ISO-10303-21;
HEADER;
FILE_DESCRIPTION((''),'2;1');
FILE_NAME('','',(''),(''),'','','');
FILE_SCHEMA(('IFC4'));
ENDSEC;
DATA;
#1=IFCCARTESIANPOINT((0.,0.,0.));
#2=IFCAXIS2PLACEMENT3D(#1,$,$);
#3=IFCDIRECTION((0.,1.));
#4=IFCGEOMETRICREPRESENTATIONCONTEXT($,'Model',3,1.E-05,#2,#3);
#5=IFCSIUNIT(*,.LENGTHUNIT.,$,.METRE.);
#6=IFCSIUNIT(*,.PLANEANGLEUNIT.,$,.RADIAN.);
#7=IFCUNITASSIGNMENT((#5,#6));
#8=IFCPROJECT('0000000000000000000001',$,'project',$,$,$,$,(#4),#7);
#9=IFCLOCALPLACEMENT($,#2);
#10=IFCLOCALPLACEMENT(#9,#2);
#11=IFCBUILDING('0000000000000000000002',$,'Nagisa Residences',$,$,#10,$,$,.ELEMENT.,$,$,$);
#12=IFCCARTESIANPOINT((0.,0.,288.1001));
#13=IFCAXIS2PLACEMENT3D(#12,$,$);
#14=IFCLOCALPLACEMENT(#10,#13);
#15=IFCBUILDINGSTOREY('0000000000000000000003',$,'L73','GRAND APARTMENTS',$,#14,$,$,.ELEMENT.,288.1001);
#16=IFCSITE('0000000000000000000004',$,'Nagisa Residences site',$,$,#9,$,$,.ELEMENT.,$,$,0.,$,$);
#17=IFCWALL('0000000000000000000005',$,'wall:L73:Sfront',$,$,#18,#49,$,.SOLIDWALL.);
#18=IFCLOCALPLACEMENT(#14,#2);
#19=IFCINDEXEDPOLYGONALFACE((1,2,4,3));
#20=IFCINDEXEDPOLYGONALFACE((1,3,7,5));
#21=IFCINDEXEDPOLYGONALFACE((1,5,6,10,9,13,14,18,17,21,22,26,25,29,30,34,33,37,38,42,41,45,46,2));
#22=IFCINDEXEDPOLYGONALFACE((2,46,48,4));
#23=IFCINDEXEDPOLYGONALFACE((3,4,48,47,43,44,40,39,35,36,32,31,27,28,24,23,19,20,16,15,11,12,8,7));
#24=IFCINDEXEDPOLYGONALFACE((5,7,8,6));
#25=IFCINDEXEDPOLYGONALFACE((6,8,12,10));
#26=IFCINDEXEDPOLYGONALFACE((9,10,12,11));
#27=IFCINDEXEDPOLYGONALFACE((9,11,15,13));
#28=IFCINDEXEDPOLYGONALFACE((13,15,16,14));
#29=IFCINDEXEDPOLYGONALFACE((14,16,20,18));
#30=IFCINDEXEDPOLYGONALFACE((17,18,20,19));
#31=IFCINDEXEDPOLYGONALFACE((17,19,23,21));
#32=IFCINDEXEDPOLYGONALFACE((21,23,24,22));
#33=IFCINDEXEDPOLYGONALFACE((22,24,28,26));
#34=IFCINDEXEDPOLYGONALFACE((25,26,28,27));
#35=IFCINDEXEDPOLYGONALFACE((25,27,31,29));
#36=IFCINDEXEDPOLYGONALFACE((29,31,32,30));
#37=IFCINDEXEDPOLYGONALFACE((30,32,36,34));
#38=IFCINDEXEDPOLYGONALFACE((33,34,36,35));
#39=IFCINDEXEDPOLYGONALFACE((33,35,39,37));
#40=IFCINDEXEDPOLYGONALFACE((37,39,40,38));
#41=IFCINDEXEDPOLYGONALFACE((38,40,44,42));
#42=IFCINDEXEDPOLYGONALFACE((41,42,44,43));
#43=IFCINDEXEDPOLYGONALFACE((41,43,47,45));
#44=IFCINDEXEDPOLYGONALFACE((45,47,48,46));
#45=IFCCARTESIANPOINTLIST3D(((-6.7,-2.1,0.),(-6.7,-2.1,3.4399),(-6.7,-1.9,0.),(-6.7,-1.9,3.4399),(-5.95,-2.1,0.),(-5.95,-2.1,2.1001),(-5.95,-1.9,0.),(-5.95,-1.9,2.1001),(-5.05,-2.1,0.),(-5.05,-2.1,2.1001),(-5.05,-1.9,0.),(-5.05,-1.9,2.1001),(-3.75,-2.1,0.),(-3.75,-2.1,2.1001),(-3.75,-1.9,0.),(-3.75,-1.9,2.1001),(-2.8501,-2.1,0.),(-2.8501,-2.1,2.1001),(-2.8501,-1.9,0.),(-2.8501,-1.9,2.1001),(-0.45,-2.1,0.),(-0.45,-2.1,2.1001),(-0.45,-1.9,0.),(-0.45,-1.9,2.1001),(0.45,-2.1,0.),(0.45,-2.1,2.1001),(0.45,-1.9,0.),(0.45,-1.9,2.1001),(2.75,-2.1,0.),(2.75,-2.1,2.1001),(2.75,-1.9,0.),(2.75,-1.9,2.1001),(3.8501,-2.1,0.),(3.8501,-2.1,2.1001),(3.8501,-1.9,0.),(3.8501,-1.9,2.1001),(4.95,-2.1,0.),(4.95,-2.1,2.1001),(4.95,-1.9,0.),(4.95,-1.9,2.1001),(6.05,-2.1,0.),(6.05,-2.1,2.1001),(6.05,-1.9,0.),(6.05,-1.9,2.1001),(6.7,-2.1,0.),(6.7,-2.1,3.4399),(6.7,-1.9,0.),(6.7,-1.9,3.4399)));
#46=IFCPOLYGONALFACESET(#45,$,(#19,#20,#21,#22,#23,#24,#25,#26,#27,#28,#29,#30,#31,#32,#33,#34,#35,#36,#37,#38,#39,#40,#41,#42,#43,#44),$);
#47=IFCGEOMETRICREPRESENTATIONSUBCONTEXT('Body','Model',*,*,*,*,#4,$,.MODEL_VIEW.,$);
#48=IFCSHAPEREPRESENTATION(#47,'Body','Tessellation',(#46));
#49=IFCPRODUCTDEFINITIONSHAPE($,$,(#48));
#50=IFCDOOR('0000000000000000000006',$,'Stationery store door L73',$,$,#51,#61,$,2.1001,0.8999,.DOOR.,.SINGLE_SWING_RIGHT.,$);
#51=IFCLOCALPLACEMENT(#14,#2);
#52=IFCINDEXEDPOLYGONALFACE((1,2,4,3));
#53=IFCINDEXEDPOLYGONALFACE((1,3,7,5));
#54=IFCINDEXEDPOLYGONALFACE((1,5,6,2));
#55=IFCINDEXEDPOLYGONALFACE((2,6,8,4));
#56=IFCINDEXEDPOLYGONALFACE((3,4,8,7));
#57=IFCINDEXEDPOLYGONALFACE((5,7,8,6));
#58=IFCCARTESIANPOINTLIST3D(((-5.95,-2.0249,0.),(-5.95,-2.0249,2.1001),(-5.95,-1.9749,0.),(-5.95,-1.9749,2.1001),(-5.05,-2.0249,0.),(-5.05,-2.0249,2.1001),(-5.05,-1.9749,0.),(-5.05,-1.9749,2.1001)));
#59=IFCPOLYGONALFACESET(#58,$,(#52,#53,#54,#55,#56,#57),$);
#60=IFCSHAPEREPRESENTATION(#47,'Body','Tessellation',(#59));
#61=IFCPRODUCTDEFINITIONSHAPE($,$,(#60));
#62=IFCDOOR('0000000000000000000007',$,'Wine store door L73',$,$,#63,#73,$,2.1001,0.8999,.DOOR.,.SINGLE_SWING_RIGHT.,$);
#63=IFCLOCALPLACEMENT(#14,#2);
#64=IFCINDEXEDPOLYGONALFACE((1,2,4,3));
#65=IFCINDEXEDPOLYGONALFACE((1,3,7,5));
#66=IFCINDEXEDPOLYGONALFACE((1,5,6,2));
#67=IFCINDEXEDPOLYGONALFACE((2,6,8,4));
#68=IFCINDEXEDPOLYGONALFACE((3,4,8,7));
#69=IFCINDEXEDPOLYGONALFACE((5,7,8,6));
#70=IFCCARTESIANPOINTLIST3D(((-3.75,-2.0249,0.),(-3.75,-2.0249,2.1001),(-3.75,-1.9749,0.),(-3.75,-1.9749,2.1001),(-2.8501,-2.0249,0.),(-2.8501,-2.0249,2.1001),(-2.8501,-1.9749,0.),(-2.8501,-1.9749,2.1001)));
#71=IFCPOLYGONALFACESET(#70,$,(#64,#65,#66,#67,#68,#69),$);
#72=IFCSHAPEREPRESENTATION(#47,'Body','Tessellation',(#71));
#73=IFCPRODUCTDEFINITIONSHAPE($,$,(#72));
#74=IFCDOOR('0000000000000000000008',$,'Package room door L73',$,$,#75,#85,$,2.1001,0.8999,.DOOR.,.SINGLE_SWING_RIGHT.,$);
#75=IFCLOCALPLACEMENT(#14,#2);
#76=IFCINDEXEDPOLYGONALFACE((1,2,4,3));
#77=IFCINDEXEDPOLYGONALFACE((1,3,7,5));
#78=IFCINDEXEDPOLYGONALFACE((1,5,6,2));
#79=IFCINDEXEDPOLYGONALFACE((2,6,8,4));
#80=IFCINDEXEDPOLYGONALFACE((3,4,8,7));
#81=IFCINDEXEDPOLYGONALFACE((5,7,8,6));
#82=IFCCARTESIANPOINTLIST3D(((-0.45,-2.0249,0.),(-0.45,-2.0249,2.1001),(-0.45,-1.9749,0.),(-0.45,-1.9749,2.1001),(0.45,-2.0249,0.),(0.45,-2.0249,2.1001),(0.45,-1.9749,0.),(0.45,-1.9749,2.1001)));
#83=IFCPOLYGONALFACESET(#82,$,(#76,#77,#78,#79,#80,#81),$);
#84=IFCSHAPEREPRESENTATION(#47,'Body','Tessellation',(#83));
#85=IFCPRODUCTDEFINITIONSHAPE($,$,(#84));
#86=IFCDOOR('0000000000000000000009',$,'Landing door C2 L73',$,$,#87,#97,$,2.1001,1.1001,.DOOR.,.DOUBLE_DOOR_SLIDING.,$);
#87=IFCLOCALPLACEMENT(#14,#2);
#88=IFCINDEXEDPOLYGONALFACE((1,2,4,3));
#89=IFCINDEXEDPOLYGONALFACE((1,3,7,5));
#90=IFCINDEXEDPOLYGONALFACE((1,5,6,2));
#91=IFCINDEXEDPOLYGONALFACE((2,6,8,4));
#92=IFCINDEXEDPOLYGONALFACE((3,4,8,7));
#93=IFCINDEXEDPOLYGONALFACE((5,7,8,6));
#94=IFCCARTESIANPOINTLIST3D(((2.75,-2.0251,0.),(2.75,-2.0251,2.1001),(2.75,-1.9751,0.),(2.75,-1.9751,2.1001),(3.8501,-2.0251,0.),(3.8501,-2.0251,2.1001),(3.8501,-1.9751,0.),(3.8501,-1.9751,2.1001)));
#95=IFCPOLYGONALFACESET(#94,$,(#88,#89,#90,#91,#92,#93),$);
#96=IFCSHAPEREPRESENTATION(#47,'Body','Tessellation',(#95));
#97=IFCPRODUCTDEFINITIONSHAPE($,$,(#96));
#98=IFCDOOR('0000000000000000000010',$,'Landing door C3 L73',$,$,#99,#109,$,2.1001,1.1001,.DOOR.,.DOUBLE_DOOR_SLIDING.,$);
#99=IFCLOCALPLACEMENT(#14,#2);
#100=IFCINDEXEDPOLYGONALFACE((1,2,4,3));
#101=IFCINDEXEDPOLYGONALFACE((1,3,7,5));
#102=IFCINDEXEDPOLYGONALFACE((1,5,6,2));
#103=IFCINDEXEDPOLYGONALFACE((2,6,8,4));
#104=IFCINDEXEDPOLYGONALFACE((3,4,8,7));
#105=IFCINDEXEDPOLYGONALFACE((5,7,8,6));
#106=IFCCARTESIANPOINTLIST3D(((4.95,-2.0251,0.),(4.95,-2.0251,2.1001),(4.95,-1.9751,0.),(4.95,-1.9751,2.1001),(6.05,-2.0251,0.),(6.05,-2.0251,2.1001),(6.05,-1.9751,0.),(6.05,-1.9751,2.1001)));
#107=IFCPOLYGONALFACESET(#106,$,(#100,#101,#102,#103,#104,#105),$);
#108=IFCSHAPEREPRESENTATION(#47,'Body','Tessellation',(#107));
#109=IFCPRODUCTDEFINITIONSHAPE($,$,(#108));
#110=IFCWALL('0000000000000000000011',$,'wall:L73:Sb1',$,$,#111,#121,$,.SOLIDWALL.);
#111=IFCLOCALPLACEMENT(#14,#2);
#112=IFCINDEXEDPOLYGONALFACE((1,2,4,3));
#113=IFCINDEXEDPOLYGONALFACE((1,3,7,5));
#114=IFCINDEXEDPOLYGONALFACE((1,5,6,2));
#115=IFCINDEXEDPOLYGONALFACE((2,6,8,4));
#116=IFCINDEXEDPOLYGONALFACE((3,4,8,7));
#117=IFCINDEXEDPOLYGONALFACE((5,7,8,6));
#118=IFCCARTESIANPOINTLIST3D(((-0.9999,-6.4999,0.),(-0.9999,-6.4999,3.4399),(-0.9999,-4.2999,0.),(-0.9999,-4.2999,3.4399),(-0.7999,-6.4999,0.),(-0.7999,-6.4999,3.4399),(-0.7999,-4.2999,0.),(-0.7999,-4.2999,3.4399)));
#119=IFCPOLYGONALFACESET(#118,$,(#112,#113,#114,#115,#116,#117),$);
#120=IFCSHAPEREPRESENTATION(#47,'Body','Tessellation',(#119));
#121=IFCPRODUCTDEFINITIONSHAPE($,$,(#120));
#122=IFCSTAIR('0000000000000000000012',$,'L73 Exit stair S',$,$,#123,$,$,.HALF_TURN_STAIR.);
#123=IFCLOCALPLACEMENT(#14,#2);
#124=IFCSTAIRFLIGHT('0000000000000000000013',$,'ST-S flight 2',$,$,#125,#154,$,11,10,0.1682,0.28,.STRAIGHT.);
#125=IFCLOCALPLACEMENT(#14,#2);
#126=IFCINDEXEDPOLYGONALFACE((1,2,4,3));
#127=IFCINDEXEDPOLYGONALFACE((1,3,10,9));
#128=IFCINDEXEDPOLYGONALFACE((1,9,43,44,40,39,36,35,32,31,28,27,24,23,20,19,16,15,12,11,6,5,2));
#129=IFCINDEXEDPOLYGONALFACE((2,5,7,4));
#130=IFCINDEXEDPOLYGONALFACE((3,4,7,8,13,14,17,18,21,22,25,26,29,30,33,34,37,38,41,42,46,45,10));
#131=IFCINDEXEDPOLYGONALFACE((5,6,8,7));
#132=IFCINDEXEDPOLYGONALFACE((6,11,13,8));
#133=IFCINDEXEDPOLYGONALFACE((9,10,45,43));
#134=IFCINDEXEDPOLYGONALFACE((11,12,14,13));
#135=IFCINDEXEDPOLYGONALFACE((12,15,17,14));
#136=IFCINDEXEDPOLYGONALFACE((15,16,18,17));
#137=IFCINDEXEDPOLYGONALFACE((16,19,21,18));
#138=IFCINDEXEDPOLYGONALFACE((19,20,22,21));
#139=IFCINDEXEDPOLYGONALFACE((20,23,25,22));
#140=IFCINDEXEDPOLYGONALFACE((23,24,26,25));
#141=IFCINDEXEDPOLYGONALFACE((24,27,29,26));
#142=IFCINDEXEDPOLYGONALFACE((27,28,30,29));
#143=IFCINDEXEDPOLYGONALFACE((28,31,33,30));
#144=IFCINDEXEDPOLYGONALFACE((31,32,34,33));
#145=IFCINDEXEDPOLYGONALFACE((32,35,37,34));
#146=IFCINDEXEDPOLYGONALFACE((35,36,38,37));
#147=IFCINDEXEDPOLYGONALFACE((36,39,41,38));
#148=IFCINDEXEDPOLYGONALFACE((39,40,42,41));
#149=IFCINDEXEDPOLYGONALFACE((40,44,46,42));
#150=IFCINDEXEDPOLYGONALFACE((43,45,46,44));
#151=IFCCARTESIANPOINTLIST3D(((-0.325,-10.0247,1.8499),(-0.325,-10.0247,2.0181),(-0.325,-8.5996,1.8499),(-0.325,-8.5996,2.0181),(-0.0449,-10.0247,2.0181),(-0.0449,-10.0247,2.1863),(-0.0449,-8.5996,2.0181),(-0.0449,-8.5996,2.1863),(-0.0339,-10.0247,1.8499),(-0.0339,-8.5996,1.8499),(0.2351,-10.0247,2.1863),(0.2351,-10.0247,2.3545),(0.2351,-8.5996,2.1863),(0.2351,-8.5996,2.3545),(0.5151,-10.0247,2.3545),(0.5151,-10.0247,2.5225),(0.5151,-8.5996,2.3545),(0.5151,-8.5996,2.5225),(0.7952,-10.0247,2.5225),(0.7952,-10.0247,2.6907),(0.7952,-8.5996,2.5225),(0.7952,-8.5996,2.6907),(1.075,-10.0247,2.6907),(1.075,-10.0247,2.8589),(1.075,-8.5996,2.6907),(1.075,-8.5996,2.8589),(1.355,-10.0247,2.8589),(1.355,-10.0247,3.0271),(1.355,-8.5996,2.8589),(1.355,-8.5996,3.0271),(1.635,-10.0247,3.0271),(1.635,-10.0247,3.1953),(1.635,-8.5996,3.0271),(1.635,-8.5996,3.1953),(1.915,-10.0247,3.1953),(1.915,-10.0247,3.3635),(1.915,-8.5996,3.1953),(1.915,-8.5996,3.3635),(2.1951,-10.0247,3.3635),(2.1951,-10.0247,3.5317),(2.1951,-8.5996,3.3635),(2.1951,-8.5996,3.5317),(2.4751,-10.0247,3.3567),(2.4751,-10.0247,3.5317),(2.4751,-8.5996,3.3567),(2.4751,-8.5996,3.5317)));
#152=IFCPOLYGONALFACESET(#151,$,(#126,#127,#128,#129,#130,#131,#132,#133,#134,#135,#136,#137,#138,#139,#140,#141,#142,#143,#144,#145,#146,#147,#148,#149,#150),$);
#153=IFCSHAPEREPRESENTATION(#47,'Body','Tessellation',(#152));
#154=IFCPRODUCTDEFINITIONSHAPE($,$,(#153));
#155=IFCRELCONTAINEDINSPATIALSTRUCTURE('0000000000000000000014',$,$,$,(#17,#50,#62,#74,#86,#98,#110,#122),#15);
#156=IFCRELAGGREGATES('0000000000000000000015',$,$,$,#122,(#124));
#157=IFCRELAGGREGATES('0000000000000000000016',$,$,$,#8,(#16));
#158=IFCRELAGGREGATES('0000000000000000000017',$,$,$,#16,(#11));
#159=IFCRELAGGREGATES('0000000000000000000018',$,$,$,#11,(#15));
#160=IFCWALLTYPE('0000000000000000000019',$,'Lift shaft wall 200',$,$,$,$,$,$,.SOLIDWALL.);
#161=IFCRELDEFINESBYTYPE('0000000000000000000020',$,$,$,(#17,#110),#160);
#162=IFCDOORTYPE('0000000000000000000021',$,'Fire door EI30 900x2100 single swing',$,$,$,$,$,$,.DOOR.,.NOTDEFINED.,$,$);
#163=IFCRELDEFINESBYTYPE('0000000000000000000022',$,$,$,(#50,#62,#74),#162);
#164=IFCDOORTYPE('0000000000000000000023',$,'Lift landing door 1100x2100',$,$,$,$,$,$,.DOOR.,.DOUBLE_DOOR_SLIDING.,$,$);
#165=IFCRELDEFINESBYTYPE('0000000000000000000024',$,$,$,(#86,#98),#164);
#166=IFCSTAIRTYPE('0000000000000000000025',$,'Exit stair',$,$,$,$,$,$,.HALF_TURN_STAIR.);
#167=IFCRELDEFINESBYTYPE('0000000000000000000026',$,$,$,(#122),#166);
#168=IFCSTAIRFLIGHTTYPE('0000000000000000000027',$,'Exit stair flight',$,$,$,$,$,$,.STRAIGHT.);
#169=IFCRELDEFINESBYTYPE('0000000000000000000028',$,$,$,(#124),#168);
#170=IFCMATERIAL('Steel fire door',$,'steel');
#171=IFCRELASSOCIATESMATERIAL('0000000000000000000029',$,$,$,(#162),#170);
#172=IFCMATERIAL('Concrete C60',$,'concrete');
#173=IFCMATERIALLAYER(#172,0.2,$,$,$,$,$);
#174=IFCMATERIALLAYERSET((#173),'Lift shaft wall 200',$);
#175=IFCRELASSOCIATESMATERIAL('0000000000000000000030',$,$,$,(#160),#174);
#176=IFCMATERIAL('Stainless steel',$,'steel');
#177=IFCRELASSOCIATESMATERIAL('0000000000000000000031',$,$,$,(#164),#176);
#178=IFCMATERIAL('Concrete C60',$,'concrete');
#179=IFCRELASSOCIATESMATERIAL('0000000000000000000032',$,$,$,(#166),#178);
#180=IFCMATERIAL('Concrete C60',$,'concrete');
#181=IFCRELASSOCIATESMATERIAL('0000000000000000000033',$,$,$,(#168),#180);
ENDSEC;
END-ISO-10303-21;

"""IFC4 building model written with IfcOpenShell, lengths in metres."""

from ifc_helpers import new_model, si_unit, direction, frame, frame_2d, origin, place, context, subcontext, project, spatial, polyline, rectangle, outline, extrude, material, layer, layer_set, type_object, element, fill, aggregate, save


model = new_model("IFC4")

# Units and contexts
model_context = context("Model", 3, precision=1e-05, world=origin(), true_north=direction((0.0, 1.0)))
body_context = subcontext(model_context, "Body", "Model", "MODEL_VIEW")
ifc_project = project(units=[si_unit("LENGTHUNIT", "METRE"), si_unit("PLANEANGLEUNIT", "RADIAN")], contexts=[model_context])

# Site, building, storey
site_placement = place(None, origin())
site = spatial("IfcSite", under=ifc_project, at=site_placement, Name="Nagisa Residences site", CompositionType="ELEMENT", RefElevation=0.0)
building_placement = place(site_placement, origin())
building = spatial("IfcBuilding", under=site, at=building_placement, Name="Nagisa Residences", CompositionType="ELEMENT")
storey_placement = place(building_placement, frame((0.0, 0.0, 288.1001)))
storey = spatial("IfcBuildingStorey", under=building, at=storey_placement, Name="L73", Description="GRAND APARTMENTS", CompositionType="ELEMENT", Elevation=288.1001)

# Shared definitions
ifc_material_1 = material(Name="Steel fire door", Category="steel")
door_type_1 = type_object("IfcDoorType", Name="Fire door EI30 900x2100 single swing", OperationType="NOTDEFINED", PredefinedType="DOOR", material=ifc_material_1)
ifc_material_2 = material(Name="Concrete C60", Category="concrete")
ifc_layer_1 = layer(ifc_material_2, 0.2)
ifc_layer_set_1 = layer_set([ifc_layer_1], Name="Lift shaft wall 200")
wall_type_1 = type_object("IfcWallType", Name="Lift shaft wall 200", PredefinedType="SOLIDWALL", material=ifc_layer_set_1)

# Wall, openings, doors
wall_1_placement = place(storey_placement, frame((-6.7, -2.0, 0.0), z_axis=(0.0, 0.0, 1.0), x_axis=(1.0, 0.0, 0.0)))
wall_1 = element("IfcWall", 1, at=wall_1_placement, inside=storey, type_object=wall_type_1, Name="wall:L73:Sfront", PredefinedType="SOLIDWALL", context=body_context, shape_type="SweptSolid", body=[
    extrude(rectangle(XDim=13.3999, YDim=0.2, at=frame_2d((6.7, 0.0))), origin(), (0.0, 0.0, 1.0), 3.4399),
])
opening_1_placement = place(wall_1_placement, frame((9.45, 0.0, 0.0)))
opening_1 = element("IfcOpeningElement", 2, at=opening_1_placement, cuts=wall_1, PredefinedType="OPENING", context=body_context, shape_type="SweptSolid", body=[
    extrude(rectangle(XDim=1.1001, YDim=2.1001, at=frame_2d((0.55, 1.05))), frame((0.0, 0.1099, 0.0), z_axis=(0.0, -1.0, 0.0), x_axis=(1.0, 0.0, 0.0)), (0.0, 0.0, 1.0), 0.22),
])
opening_2_placement = place(wall_1_placement, frame((11.6499, 0.0, 0.0)))
opening_2 = element("IfcOpeningElement", 3, at=opening_2_placement, cuts=wall_1, PredefinedType="OPENING", context=body_context, shape_type="SweptSolid", body=[
    extrude(rectangle(XDim=1.1001, YDim=2.1001, at=frame_2d((0.55, 1.05))), frame((0.0, 0.1099, 0.0), z_axis=(0.0, -1.0, 0.0), x_axis=(1.0, 0.0, 0.0)), (0.0, 0.0, 1.0), 0.22),
])
opening_3_placement = place(wall_1_placement, frame((0.75, 0.0, 0.0)))
opening_3 = element("IfcOpeningElement", 4, at=opening_3_placement, cuts=wall_1, PredefinedType="OPENING", context=body_context, shape_type="SweptSolid", body=[
    extrude(rectangle(XDim=0.8999, YDim=2.1001, at=frame_2d((0.45, 1.05))), frame((0.0, 0.1099, 0.0), z_axis=(0.0, -1.0, 0.0), x_axis=(1.0, 0.0, 0.0)), (0.0, 0.0, 1.0), 0.22),
])
opening_4_placement = place(wall_1_placement, frame((2.95, 0.0, 0.0)))
opening_4 = element("IfcOpeningElement", 5, at=opening_4_placement, cuts=wall_1, PredefinedType="OPENING", context=body_context, shape_type="SweptSolid", body=[
    extrude(rectangle(XDim=0.8999, YDim=2.1001, at=frame_2d((0.45, 1.05))), frame((0.0, 0.1099, 0.0), z_axis=(0.0, -1.0, 0.0), x_axis=(1.0, 0.0, 0.0)), (0.0, 0.0, 1.0), 0.22),
])
opening_5_placement = place(wall_1_placement, frame((6.25, 0.0, 0.0)))
opening_5 = element("IfcOpeningElement", 6, at=opening_5_placement, cuts=wall_1, PredefinedType="OPENING", context=body_context, shape_type="SweptSolid", body=[
    extrude(rectangle(XDim=0.8999, YDim=2.1001, at=frame_2d((0.45, 1.05))), frame((0.0, 0.1099, 0.0), z_axis=(0.0, -1.0, 0.0), x_axis=(1.0, 0.0, 0.0)), (0.0, 0.0, 1.0), 0.22),
])
door_1_placement = place(opening_3_placement, frame((0.8999, 0.0, 0.0), x_axis=(-1.0, 0.0, 0.0)))
door_1 = element("IfcDoor", 7, at=door_1_placement, inside=storey, type_object=door_type_1, Name="Stationery store door L73", OperationType="SINGLE_SWING_RIGHT", OverallHeight=2.1001, OverallWidth=0.8999, PredefinedType="DOOR", context=body_context, shape_type="SweptSolid", body=[
    extrude(rectangle(XDim=0.8999, YDim=2.1001, at=frame_2d((0.45, 1.05))), frame((0.0, 0.0249, 0.0), z_axis=(0.0, -1.0, 0.0), x_axis=(1.0, 0.0, 0.0)), (0.0, 0.0, 1.0), 0.05),
])
fill(opening_3, door_1)
door_2_placement = place(opening_4_placement, frame((0.8999, 0.0, 0.0), x_axis=(-1.0, 0.0, 0.0)))
door_2 = element("IfcDoor", 8, at=door_2_placement, inside=storey, type_object=door_type_1, Name="Wine store door L73", OperationType="SINGLE_SWING_RIGHT", OverallHeight=2.1001, OverallWidth=0.8999, PredefinedType="DOOR", context=body_context, shape_type="SweptSolid", body=[
    extrude(rectangle(XDim=0.8999, YDim=2.1001, at=frame_2d((0.45, 1.05))), frame((0.0, 0.0249, 0.0), z_axis=(0.0, -1.0, 0.0), x_axis=(1.0, 0.0, 0.0)), (0.0, 0.0, 1.0), 0.05),
])
fill(opening_4, door_2)
door_3_placement = place(opening_5_placement, frame((0.8999, 0.0, 0.0), x_axis=(-1.0, 0.0, 0.0)))
door_3 = element("IfcDoor", 9, at=door_3_placement, inside=storey, type_object=door_type_1, Name="Package room door L73", OperationType="SINGLE_SWING_RIGHT", OverallHeight=2.1001, OverallWidth=0.8999, PredefinedType="DOOR", context=body_context, shape_type="SweptSolid", body=[
    extrude(rectangle(XDim=0.8999, YDim=2.1001, at=frame_2d((0.45, 1.05))), frame((0.0, 0.0249, 0.0), z_axis=(0.0, -1.0, 0.0), x_axis=(1.0, 0.0, 0.0)), (0.0, 0.0, 1.0), 0.05),
])
fill(opening_5, door_3)
ifc_material_3 = material(Name="Stainless steel", Category="steel")
door_type_2 = type_object("IfcDoorType", Name="Lift landing door 1100x2100", OperationType="DOUBLE_DOOR_SLIDING", PredefinedType="DOOR", material=ifc_material_3)
door_4_placement = place(opening_1_placement, origin())
door_4 = element("IfcDoor", 10, at=door_4_placement, inside=storey, type_object=door_type_2, Name="Landing door C2 L73", OperationType="DOUBLE_DOOR_SLIDING", OverallHeight=2.1001, OverallWidth=1.1001, PredefinedType="DOOR", context=body_context, shape_type="SweptSolid", body=[
    extrude(rectangle(XDim=1.1001, YDim=2.1001, at=frame_2d((0.55, 1.05))), frame((0.0, 0.0249, 0.0), z_axis=(0.0, -1.0, 0.0), x_axis=(1.0, 0.0, 0.0)), (0.0, 0.0, 1.0), 0.05),
])
fill(opening_1, door_4)
door_5_placement = place(opening_2_placement, origin())
door_5 = element("IfcDoor", 11, at=door_5_placement, inside=storey, type_object=door_type_2, Name="Landing door C3 L73", OperationType="DOUBLE_DOOR_SLIDING", OverallHeight=2.1001, OverallWidth=1.1001, PredefinedType="DOOR", context=body_context, shape_type="SweptSolid", body=[
    extrude(rectangle(XDim=1.1001, YDim=2.1001, at=frame_2d((0.55, 1.05))), frame((0.0, 0.0249, 0.0), z_axis=(0.0, -1.0, 0.0), x_axis=(1.0, 0.0, 0.0)), (0.0, 0.0, 1.0), 0.05),
])
fill(opening_2, door_5)

# Wall
wall_2_placement = place(storey_placement, frame((-0.8999, -6.5, 0.0), z_axis=(0.0, 0.0, 1.0), x_axis=(0.0, 1.0, 0.0)))
element("IfcWall", 12, at=wall_2_placement, inside=storey, type_object=wall_type_1, Name="wall:L73:Sb1", PredefinedType="SOLIDWALL", context=body_context, shape_type="SweptSolid", body=[
    extrude(rectangle(XDim=2.2, YDim=0.2, at=frame_2d((1.1001, 0.0))), origin(), (0.0, 0.0, 1.0), 3.4399),
])

# Stair, stair flight
ifc_material_4 = material(Name="Concrete C60", Category="concrete")
stair_type = type_object("IfcStairType", Name="Exit stair", PredefinedType="HALF_TURN_STAIR", material=ifc_material_4)
stair_placement = place(storey_placement, origin())
stair = element("IfcStair", 13, at=stair_placement, inside=storey, type_object=stair_type, Name="L73 Exit stair S", PredefinedType="HALF_TURN_STAIR")
ifc_material_5 = material(Name="Concrete C60", Category="concrete")
stair_flight_type = type_object("IfcStairFlightType", Name="Exit stair flight", PredefinedType="STRAIGHT", material=ifc_material_5)
stair_flight_placement = place(storey_placement, frame((-0.325, -9.312, 1.8499), z_axis=(0.0, 0.0, 1.0), x_axis=(1.0, 0.0, 0.0)))
stair_flight = element("IfcStairFlight", 14, at=stair_flight_placement, type_object=stair_flight_type, Name="ST-S flight 2", NumberOfRisers=11, NumberOfTreads=10, PredefinedType="STRAIGHT", RiserHeight=0.1682, TreadLength=0.28, context=body_context, shape_type="SweptSolid", body=[
    extrude(outline(polyline([(0.0, 0.0), (0.0, 0.1682), (0.28, 0.1682), (0.28, 0.3364), (0.5601, 0.3364), (0.5601, 0.5046), (0.8401, 0.5046), (0.8401, 0.6726), (1.1201, 0.6726), (1.1201, 0.8408), (1.3999, 0.8408), (1.3999, 1.009), (1.6799, 1.009), (1.6799, 1.1772), (1.96, 1.1772), (1.96, 1.3455), (2.24, 1.3455), (2.24, 1.5137), (2.52, 1.5137), (2.52, 1.6819), (2.8, 1.6819), (2.8, 1.8501), (2.8, 1.5068), (0.291, 0.0), (0.0, 0.0)])), frame((0.0, 0.7124, 0.0), z_axis=(0.0, -1.0, 0.0), x_axis=(1.0, 0.0, 0.0)), (0.0, 0.0, 1.0), 1.425),
])
aggregate(stair, [stair_flight])

save(model, "model.ifc")
